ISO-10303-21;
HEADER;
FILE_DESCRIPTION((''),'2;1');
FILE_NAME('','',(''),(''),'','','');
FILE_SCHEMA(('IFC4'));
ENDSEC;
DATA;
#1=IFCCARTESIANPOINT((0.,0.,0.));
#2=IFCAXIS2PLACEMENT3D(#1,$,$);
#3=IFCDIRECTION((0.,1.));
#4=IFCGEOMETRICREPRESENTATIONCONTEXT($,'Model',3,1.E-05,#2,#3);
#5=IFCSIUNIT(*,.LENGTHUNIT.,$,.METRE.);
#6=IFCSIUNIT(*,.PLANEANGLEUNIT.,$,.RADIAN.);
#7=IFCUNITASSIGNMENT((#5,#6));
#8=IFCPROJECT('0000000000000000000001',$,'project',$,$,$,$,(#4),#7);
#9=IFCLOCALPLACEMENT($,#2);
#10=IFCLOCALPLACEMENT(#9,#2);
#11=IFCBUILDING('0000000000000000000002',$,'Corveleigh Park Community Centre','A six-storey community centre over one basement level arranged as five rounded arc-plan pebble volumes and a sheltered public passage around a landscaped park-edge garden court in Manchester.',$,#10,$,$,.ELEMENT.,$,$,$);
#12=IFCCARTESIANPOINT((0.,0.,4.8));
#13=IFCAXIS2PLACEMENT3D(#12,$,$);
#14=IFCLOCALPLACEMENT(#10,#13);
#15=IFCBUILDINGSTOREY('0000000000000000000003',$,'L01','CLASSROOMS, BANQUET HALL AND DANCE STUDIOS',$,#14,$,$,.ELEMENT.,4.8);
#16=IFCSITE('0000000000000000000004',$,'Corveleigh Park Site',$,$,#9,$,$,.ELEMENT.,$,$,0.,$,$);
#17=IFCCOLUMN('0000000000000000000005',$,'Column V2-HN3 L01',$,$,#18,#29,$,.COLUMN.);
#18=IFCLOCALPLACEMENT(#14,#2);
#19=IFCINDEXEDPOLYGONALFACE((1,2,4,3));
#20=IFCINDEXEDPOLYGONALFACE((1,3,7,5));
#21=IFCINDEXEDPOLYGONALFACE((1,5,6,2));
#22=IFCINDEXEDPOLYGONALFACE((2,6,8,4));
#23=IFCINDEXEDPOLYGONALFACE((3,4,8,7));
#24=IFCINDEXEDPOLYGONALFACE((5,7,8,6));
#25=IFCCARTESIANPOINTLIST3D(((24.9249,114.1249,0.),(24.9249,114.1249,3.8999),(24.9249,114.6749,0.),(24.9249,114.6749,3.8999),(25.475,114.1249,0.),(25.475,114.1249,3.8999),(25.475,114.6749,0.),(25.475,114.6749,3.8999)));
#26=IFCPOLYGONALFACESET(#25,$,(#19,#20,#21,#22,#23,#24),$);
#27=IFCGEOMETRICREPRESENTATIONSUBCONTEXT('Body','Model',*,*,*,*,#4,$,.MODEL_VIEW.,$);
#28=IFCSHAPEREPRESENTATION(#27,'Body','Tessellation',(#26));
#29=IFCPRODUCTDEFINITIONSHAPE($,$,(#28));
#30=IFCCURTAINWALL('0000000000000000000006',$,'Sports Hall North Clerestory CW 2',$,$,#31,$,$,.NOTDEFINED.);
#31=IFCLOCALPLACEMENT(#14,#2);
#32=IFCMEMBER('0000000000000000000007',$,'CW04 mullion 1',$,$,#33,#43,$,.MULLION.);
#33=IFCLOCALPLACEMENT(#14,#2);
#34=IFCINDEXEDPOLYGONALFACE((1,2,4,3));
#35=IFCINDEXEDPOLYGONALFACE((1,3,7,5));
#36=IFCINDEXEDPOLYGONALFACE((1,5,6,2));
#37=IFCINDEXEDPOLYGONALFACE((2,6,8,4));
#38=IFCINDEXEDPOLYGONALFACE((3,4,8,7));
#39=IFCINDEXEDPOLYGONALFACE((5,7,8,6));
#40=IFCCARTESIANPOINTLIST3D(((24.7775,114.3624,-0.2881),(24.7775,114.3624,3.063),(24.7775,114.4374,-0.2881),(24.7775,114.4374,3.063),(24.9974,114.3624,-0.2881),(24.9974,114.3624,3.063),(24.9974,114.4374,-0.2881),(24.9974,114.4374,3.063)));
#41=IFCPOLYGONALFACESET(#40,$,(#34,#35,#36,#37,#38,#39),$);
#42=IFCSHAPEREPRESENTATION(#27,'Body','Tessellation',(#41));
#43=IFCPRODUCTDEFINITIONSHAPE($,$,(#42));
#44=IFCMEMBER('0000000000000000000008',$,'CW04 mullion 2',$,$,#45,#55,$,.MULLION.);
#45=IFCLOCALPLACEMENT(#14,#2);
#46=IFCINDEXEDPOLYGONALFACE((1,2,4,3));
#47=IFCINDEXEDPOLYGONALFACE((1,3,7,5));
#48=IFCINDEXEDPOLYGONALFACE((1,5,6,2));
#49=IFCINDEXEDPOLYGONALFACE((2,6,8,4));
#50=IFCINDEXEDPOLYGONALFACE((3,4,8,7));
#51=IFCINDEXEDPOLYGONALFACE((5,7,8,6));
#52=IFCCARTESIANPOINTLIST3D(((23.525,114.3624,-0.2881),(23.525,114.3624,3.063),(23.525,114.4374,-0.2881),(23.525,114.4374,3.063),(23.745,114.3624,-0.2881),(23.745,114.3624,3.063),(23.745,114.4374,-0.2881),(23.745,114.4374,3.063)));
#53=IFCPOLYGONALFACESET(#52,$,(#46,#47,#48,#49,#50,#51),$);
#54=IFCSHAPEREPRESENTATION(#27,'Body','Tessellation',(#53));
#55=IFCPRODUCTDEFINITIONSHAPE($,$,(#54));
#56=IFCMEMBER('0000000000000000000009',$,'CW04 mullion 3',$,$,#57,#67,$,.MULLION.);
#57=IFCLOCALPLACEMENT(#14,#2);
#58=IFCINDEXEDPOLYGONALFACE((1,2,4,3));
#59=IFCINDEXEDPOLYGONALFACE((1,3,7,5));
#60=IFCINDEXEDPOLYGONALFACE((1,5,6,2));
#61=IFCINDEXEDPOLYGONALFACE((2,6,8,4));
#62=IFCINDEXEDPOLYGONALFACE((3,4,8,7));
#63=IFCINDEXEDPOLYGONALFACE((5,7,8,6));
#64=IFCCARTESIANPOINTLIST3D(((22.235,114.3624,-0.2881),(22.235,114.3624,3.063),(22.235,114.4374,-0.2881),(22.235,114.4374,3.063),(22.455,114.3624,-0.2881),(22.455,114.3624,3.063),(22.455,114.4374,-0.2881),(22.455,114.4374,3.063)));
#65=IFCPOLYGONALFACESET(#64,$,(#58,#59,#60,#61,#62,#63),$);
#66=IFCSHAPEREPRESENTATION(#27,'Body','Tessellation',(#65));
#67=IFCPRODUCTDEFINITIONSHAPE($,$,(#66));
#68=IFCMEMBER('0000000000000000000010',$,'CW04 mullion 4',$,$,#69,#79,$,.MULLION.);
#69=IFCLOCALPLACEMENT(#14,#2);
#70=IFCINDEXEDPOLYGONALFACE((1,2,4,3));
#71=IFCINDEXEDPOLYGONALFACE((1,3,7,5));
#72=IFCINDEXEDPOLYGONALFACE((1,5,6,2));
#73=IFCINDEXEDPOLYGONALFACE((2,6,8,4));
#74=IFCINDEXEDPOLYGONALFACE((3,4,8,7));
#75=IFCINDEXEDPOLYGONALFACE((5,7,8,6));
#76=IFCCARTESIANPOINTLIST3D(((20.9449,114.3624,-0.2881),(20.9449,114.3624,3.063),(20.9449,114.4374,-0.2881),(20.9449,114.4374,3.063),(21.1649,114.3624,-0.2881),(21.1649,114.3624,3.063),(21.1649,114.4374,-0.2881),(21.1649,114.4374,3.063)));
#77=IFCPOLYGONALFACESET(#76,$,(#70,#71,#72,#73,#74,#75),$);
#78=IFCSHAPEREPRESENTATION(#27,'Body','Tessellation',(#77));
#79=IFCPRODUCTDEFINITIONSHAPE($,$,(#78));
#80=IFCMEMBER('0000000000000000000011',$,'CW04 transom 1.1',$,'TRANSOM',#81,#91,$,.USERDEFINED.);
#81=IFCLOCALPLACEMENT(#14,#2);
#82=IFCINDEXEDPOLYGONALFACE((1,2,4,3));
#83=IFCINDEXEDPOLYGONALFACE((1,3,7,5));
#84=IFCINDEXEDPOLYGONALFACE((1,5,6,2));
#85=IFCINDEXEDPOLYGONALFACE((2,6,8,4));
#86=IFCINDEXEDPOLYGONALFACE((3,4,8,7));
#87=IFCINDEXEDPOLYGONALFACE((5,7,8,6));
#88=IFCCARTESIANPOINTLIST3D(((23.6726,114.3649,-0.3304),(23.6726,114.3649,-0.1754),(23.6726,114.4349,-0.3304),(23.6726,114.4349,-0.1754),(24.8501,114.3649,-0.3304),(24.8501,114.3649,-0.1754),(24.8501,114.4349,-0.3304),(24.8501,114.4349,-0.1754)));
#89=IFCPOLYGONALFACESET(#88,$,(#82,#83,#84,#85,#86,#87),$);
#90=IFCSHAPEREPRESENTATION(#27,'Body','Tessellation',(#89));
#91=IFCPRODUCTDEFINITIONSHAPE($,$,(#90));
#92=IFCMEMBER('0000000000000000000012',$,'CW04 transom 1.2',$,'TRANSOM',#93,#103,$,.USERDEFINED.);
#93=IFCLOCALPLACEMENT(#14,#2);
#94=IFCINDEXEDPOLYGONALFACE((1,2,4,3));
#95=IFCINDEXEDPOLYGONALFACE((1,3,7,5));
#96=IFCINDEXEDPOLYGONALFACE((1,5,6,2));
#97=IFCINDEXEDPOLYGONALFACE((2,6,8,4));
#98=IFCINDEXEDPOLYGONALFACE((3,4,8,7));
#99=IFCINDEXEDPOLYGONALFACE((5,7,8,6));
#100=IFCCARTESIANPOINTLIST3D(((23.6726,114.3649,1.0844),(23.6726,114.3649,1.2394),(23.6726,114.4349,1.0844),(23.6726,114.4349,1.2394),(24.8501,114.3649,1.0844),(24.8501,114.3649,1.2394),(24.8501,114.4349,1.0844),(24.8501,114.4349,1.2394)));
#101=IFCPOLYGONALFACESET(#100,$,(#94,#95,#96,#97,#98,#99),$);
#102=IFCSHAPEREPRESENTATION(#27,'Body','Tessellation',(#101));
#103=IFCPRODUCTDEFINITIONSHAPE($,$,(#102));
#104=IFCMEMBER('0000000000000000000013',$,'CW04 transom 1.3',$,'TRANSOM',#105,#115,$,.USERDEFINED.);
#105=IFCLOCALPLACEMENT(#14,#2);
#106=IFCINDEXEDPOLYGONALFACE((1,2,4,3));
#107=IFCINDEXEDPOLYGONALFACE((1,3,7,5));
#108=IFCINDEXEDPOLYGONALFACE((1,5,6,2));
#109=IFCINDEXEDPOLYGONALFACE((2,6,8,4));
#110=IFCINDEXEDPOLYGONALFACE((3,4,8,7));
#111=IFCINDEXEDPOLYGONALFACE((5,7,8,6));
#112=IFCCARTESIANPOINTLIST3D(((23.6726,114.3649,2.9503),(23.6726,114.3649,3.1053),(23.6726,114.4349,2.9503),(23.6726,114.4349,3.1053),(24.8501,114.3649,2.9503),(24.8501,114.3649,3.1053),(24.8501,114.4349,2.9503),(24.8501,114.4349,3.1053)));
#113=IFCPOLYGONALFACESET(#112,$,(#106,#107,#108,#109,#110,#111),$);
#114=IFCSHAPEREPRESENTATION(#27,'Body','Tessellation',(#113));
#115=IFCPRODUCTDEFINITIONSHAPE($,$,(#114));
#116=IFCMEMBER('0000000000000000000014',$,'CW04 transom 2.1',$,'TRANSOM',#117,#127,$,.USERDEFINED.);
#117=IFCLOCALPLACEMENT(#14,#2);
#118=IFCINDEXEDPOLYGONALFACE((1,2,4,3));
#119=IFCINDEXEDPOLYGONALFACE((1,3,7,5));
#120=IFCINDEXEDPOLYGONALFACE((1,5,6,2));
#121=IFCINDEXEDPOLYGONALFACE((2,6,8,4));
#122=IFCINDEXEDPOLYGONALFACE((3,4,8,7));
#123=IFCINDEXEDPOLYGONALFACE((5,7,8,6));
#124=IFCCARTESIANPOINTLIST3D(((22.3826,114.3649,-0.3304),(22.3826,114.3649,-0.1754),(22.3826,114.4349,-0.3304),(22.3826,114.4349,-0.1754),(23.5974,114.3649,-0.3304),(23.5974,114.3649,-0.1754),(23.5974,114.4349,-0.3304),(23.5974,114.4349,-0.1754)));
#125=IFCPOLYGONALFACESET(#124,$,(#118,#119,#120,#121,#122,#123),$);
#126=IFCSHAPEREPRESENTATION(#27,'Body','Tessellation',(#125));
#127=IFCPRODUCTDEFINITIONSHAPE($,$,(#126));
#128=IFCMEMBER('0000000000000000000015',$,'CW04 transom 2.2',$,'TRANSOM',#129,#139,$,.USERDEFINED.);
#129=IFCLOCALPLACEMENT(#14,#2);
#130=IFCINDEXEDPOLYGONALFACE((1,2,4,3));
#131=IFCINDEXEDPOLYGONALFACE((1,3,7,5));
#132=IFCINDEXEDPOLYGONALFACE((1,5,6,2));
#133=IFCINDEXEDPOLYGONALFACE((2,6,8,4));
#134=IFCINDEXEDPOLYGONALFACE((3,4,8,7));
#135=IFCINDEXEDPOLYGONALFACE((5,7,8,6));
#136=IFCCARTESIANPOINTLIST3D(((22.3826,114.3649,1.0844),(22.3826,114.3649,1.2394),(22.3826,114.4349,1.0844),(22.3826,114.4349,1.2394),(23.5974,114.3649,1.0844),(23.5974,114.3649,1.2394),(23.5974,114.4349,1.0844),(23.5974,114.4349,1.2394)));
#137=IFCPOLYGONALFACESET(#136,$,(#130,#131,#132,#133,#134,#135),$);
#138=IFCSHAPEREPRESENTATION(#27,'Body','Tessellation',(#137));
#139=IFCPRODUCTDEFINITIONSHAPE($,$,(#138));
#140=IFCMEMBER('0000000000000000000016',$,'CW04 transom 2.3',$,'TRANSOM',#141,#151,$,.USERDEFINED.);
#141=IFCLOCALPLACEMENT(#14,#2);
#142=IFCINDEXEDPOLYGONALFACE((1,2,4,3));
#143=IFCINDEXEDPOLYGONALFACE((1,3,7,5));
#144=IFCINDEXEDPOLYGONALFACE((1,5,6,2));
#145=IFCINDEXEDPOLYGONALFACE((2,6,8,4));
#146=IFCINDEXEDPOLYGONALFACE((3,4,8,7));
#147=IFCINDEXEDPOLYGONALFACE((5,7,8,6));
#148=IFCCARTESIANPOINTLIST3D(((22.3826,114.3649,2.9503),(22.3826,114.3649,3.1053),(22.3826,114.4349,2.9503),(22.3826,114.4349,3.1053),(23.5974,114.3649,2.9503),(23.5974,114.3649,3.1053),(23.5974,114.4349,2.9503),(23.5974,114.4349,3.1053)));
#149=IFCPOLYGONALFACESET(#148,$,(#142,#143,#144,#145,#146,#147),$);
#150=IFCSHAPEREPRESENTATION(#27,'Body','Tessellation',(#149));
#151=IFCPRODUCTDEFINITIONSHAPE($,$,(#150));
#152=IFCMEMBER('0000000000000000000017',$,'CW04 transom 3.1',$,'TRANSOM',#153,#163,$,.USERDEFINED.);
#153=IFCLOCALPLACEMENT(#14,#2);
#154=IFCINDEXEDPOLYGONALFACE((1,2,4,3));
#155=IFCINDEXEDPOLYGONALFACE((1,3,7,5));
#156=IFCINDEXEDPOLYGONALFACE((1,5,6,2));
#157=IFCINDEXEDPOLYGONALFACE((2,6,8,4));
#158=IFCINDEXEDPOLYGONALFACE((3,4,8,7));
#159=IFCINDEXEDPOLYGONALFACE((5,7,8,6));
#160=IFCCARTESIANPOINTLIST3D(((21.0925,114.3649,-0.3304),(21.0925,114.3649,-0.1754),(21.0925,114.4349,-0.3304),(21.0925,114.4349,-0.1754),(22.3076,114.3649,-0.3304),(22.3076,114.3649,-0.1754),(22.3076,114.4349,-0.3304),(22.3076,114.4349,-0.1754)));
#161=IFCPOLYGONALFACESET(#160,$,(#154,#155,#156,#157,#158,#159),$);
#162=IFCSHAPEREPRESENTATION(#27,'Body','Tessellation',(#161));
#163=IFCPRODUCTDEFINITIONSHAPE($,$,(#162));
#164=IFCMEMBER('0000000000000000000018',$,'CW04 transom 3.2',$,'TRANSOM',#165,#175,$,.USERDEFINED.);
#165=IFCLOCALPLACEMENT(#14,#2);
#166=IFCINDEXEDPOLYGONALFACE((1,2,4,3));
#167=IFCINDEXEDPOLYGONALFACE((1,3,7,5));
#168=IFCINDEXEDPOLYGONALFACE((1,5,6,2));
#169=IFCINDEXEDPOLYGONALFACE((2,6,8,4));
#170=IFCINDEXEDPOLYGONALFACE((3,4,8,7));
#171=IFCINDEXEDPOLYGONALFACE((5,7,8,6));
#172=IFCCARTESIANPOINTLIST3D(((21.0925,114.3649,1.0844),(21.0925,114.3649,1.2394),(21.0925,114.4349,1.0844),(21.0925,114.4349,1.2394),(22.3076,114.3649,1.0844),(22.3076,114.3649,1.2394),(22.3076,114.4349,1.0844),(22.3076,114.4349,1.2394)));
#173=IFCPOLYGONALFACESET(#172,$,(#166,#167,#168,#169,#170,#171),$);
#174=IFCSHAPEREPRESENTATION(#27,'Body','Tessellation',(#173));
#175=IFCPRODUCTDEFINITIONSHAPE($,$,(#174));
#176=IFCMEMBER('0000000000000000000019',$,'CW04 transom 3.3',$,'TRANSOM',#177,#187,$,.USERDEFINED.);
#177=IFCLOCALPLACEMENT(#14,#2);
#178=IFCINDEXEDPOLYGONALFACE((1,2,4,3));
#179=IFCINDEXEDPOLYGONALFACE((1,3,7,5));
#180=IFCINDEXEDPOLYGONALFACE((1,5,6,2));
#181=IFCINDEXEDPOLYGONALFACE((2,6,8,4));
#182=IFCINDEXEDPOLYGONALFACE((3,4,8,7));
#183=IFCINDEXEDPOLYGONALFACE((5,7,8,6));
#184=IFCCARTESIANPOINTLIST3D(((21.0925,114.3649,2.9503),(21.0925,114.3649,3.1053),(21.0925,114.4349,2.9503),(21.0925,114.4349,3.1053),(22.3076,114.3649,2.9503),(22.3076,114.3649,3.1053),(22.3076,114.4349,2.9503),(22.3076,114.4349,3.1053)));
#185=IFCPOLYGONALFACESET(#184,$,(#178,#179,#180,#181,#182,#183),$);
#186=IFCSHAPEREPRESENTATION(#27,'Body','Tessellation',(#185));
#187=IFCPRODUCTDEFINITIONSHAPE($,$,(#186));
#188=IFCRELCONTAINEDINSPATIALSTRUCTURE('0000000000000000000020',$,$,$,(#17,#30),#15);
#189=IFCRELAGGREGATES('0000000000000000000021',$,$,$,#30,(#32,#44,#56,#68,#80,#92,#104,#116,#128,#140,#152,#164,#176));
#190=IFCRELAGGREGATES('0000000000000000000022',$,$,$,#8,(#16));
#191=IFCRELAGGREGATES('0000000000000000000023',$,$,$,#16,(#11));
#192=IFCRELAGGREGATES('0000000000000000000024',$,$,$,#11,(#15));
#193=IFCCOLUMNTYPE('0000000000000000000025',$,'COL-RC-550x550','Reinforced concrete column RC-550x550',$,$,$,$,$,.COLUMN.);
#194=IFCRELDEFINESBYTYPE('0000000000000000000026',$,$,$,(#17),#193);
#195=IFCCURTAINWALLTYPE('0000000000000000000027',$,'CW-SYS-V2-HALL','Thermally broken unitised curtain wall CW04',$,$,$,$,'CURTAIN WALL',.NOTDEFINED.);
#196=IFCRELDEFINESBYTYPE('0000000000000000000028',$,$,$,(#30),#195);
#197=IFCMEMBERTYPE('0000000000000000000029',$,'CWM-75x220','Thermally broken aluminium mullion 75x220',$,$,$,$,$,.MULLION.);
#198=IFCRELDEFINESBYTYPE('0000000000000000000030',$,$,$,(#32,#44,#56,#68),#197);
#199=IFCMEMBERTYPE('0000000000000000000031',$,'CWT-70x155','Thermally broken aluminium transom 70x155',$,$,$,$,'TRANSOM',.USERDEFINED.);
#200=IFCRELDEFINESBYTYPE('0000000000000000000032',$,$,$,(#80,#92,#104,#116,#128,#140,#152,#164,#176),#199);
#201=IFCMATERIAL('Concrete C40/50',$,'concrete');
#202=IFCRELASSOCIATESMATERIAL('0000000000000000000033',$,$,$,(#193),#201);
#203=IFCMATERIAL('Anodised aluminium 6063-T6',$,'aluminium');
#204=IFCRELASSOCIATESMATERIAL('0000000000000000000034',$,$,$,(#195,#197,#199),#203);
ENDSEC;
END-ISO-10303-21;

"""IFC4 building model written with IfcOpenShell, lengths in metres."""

from ifc_helpers import new_model, si_unit, direction, frame, origin, origin_2d, place, context, subcontext, project, spatial, rectangle, extrude, material, material_profile, profile_set, type_object, element, aggregate, save


model = new_model("IFC4")

# Units and contexts
model_context = context("Model", 3, precision=1e-05, world=origin(), true_north=direction((0.0, 1.0)))
body_context = subcontext(model_context, "Body", "Model", "MODEL_VIEW")
ifc_project = project(units=[si_unit("LENGTHUNIT", "METRE"), si_unit("PLANEANGLEUNIT", "RADIAN")], contexts=[model_context])

# Site, building, storey
site_placement = place(None, origin())
site = spatial("IfcSite", under=ifc_project, at=site_placement, Name="Corveleigh Park Site", CompositionType="ELEMENT", RefElevation=0.0)
building_placement = place(site_placement, origin())
building = spatial("IfcBuilding", under=site, at=building_placement, Name="Corveleigh Park Community Centre", Description="A six-storey community centre over one basement level arranged as five rounded arc-plan pebble volumes and a sheltered public passage around a landscaped park-edge garden court in Manchester.", CompositionType="ELEMENT")
storey_placement = place(building_placement, frame((0.0, 0.0, 4.8)))
storey = spatial("IfcBuildingStorey", under=building, at=storey_placement, Name="L01", Description="CLASSROOMS, BANQUET HALL AND DANCE STUDIOS", CompositionType="ELEMENT", Elevation=4.8)

# Column
ifc_material_1 = material(Name="Concrete C40/50", Category="concrete")
ifc_material_profile_1 = material_profile(ifc_material_1, rectangle(XDim=0.55, YDim=0.55, at=origin_2d()), Name="RC-550x550", Category="concrete")
ifc_profile_set_1 = profile_set([ifc_material_profile_1], Name="Concrete C40/50")
column_type = type_object("IfcColumnType", Name="COL-RC-550x550", Description="Reinforced concrete column RC-550x550", PredefinedType="COLUMN", material=ifc_profile_set_1)
column_placement = place(storey_placement, frame((25.2, 114.3999, 0.0), z_axis=(0.0, 0.0, 1.0), x_axis=(1.0, 0.0, 0.0)))
element("IfcColumn", 1, at=column_placement, inside=storey, type_object=column_type, Name="Column V2-HN3 L01", PredefinedType="COLUMN", context=body_context, shape_type="SweptSolid", body=[
    extrude(rectangle(XDim=0.55, YDim=0.55, at=origin_2d()), origin(), (0.0, 0.0, 1.0), 3.8999),
])

# Curtain wall, members
ifc_material_2 = material(Name="Anodised aluminium 6063-T6", Category="aluminium")
curtain_wall_type = type_object("IfcCurtainWallType", Name="CW-SYS-V2-HALL", Description="Thermally broken unitised curtain wall CW04", ElementType="CURTAIN WALL", PredefinedType="NOTDEFINED", material=ifc_material_2)
curtain_wall_placement = place(storey_placement, origin())
curtain_wall = element("IfcCurtainWall", 2, at=curtain_wall_placement, inside=storey, type_object=curtain_wall_type, Name="Sports Hall North Clerestory CW 2", PredefinedType="NOTDEFINED")
ifc_material_profile_2 = material_profile(ifc_material_2, rectangle(XDim=0.075, YDim=0.22, at=origin_2d()), Name="ALU-M75x220", Category="aluminium")
ifc_profile_set_2 = profile_set([ifc_material_profile_2], Name="Anodised aluminium 6063-T6")
member_type_1 = type_object("IfcMemberType", Name="CWM-75x220", Description="Thermally broken aluminium mullion 75x220", PredefinedType="MULLION", material=ifc_profile_set_2)
member_1_placement = place(storey_placement, frame((24.8875, 114.3999, -0.2881), z_axis=(0.0, 0.0, 1.0), x_axis=(0.0, -1.0, 0.0)))
member_1 = element("IfcMember", 3, at=member_1_placement, type_object=member_type_1, Name="CW04 mullion 1", PredefinedType="MULLION", context=body_context, shape_type="SweptSolid", body=[
    extrude(rectangle(XDim=0.075, YDim=0.22, at=origin_2d()), origin(), (0.0, 0.0, 1.0), 3.3511),
])
member_2_placement = place(storey_placement, frame((23.635, 114.3999, -0.2881), z_axis=(0.0, 0.0, 1.0), x_axis=(0.0, -1.0, 0.0)))
member_2 = element("IfcMember", 4, at=member_2_placement, type_object=member_type_1, Name="CW04 mullion 2", PredefinedType="MULLION", context=body_context, shape_type="SweptSolid", body=[
    extrude(rectangle(XDim=0.075, YDim=0.22, at=origin_2d()), origin(), (0.0, 0.0, 1.0), 3.3511),
])
member_3_placement = place(storey_placement, frame((22.345, 114.3999, -0.2881), z_axis=(0.0, 0.0, 1.0), x_axis=(0.0, -1.0, 0.0)))
member_3 = element("IfcMember", 5, at=member_3_placement, type_object=member_type_1, Name="CW04 mullion 3", PredefinedType="MULLION", context=body_context, shape_type="SweptSolid", body=[
    extrude(rectangle(XDim=0.075, YDim=0.22, at=origin_2d()), origin(), (0.0, 0.0, 1.0), 3.3511),
])
member_4_placement = place(storey_placement, frame((21.0549, 114.3999, -0.2881), z_axis=(0.0, 0.0, 1.0), x_axis=(0.0, -1.0, 0.0)))
member_4 = element("IfcMember", 6, at=member_4_placement, type_object=member_type_1, Name="CW04 mullion 4", PredefinedType="MULLION", context=body_context, shape_type="SweptSolid", body=[
    extrude(rectangle(XDim=0.075, YDim=0.22, at=origin_2d()), origin(), (0.0, 0.0, 1.0), 3.3511),
])
ifc_material_profile_3 = material_profile(ifc_material_2, rectangle(XDim=0.0701, YDim=0.155, at=origin_2d()), Name="ALU-T70x155", Category="aluminium")
ifc_profile_set_3 = profile_set([ifc_material_profile_3], Name="Anodised aluminium 6063-T6")
member_type_2 = type_object("IfcMemberType", Name="CWT-70x155", Description="Thermally broken aluminium transom 70x155", ElementType="TRANSOM", PredefinedType="USERDEFINED", material=ifc_profile_set_3)
member_5_placement = place(storey_placement, frame((24.8501, 114.3999, -0.2529), z_axis=(-1.0, 0.0, 0.0), x_axis=(0.0, -1.0, 0.0)))
member_5 = element("IfcMember", 7, at=member_5_placement, type_object=member_type_2, Name="CW04 transom 1.1", ObjectType="TRANSOM", PredefinedType="USERDEFINED", context=body_context, shape_type="SweptSolid", body=[
    extrude(rectangle(XDim=0.0701, YDim=0.155, at=origin_2d()), origin(), (0.0, 0.0, 1.0), 1.1775),
])
member_6_placement = place(storey_placement, frame((24.8501, 114.3999, 1.1619), z_axis=(-1.0, 0.0, 0.0), x_axis=(0.0, -1.0, 0.0)))
member_6 = element("IfcMember", 8, at=member_6_placement, type_object=member_type_2, Name="CW04 transom 1.2", ObjectType="TRANSOM", PredefinedType="USERDEFINED", context=body_context, shape_type="SweptSolid", body=[
    extrude(rectangle(XDim=0.0701, YDim=0.155, at=origin_2d()), origin(), (0.0, 0.0, 1.0), 1.1775),
])
member_7_placement = place(storey_placement, frame((24.8501, 114.3999, 3.0278), z_axis=(-1.0, 0.0, 0.0), x_axis=(0.0, -1.0, 0.0)))
member_7 = element("IfcMember", 9, at=member_7_placement, type_object=member_type_2, Name="CW04 transom 1.3", ObjectType="TRANSOM", PredefinedType="USERDEFINED", context=body_context, shape_type="SweptSolid", body=[
    extrude(rectangle(XDim=0.0701, YDim=0.155, at=origin_2d()), origin(), (0.0, 0.0, 1.0), 1.1775),
])
member_8_placement = place(storey_placement, frame((23.5974, 114.3999, -0.2529), z_axis=(-1.0, 0.0, 0.0), x_axis=(0.0, -1.0, 0.0)))
member_8 = element("IfcMember", 10, at=member_8_placement, type_object=member_type_2, Name="CW04 transom 2.1", ObjectType="TRANSOM", PredefinedType="USERDEFINED", context=body_context, shape_type="SweptSolid", body=[
    extrude(rectangle(XDim=0.0701, YDim=0.155, at=origin_2d()), origin(), (0.0, 0.0, 1.0), 1.2148),
])
member_9_placement = place(storey_placement, frame((23.5974, 114.3999, 1.1619), z_axis=(-1.0, 0.0, 0.0), x_axis=(0.0, -1.0, 0.0)))
member_9 = element("IfcMember", 11, at=member_9_placement, type_object=member_type_2, Name="CW04 transom 2.2", ObjectType="TRANSOM", PredefinedType="USERDEFINED", context=body_context, shape_type="SweptSolid", body=[
    extrude(rectangle(XDim=0.0701, YDim=0.155, at=origin_2d()), origin(), (0.0, 0.0, 1.0), 1.2148),
])
member_10_placement = place(storey_placement, frame((23.5974, 114.3999, 3.0278), z_axis=(-1.0, 0.0, 0.0), x_axis=(0.0, -1.0, 0.0)))
member_10 = element("IfcMember", 12, at=member_10_placement, type_object=member_type_2, Name="CW04 transom 2.3", ObjectType="TRANSOM", PredefinedType="USERDEFINED", context=body_context, shape_type="SweptSolid", body=[
    extrude(rectangle(XDim=0.0701, YDim=0.155, at=origin_2d()), origin(), (0.0, 0.0, 1.0), 1.2148),
])
member_11_placement = place(storey_placement, frame((22.3076, 114.3999, -0.2529), z_axis=(-1.0, 0.0, 0.0), x_axis=(0.0, -1.0, 0.0)))
member_11 = element("IfcMember", 13, at=member_11_placement, type_object=member_type_2, Name="CW04 transom 3.1", ObjectType="TRANSOM", PredefinedType="USERDEFINED", context=body_context, shape_type="SweptSolid", body=[
    extrude(rectangle(XDim=0.0701, YDim=0.155, at=origin_2d()), origin(), (0.0, 0.0, 1.0), 1.2151),
])
member_12_placement = place(storey_placement, frame((22.3076, 114.3999, 1.1619), z_axis=(-1.0, 0.0, 0.0), x_axis=(0.0, -1.0, 0.0)))
member_12 = element("IfcMember", 14, at=member_12_placement, type_object=member_type_2, Name="CW04 transom 3.2", ObjectType="TRANSOM", PredefinedType="USERDEFINED", context=body_context, shape_type="SweptSolid", body=[
    extrude(rectangle(XDim=0.0701, YDim=0.155, at=origin_2d()), origin(), (0.0, 0.0, 1.0), 1.2151),
])
member_13_placement = place(storey_placement, frame((22.3076, 114.3999, 3.0278), z_axis=(-1.0, 0.0, 0.0), x_axis=(0.0, -1.0, 0.0)))
member_13 = element("IfcMember", 15, at=member_13_placement, type_object=member_type_2, Name="CW04 transom 3.3", ObjectType="TRANSOM", PredefinedType="USERDEFINED", context=body_context, shape_type="SweptSolid", body=[
    extrude(rectangle(XDim=0.0701, YDim=0.155, at=origin_2d()), origin(), (0.0, 0.0, 1.0), 1.2151),
])

aggregate(curtain_wall, [member_1, member_2, member_3, member_4, member_5, member_6, member_7, member_8, member_9, member_10, member_11, member_12, member_13])

save(model, "model.ifc")
